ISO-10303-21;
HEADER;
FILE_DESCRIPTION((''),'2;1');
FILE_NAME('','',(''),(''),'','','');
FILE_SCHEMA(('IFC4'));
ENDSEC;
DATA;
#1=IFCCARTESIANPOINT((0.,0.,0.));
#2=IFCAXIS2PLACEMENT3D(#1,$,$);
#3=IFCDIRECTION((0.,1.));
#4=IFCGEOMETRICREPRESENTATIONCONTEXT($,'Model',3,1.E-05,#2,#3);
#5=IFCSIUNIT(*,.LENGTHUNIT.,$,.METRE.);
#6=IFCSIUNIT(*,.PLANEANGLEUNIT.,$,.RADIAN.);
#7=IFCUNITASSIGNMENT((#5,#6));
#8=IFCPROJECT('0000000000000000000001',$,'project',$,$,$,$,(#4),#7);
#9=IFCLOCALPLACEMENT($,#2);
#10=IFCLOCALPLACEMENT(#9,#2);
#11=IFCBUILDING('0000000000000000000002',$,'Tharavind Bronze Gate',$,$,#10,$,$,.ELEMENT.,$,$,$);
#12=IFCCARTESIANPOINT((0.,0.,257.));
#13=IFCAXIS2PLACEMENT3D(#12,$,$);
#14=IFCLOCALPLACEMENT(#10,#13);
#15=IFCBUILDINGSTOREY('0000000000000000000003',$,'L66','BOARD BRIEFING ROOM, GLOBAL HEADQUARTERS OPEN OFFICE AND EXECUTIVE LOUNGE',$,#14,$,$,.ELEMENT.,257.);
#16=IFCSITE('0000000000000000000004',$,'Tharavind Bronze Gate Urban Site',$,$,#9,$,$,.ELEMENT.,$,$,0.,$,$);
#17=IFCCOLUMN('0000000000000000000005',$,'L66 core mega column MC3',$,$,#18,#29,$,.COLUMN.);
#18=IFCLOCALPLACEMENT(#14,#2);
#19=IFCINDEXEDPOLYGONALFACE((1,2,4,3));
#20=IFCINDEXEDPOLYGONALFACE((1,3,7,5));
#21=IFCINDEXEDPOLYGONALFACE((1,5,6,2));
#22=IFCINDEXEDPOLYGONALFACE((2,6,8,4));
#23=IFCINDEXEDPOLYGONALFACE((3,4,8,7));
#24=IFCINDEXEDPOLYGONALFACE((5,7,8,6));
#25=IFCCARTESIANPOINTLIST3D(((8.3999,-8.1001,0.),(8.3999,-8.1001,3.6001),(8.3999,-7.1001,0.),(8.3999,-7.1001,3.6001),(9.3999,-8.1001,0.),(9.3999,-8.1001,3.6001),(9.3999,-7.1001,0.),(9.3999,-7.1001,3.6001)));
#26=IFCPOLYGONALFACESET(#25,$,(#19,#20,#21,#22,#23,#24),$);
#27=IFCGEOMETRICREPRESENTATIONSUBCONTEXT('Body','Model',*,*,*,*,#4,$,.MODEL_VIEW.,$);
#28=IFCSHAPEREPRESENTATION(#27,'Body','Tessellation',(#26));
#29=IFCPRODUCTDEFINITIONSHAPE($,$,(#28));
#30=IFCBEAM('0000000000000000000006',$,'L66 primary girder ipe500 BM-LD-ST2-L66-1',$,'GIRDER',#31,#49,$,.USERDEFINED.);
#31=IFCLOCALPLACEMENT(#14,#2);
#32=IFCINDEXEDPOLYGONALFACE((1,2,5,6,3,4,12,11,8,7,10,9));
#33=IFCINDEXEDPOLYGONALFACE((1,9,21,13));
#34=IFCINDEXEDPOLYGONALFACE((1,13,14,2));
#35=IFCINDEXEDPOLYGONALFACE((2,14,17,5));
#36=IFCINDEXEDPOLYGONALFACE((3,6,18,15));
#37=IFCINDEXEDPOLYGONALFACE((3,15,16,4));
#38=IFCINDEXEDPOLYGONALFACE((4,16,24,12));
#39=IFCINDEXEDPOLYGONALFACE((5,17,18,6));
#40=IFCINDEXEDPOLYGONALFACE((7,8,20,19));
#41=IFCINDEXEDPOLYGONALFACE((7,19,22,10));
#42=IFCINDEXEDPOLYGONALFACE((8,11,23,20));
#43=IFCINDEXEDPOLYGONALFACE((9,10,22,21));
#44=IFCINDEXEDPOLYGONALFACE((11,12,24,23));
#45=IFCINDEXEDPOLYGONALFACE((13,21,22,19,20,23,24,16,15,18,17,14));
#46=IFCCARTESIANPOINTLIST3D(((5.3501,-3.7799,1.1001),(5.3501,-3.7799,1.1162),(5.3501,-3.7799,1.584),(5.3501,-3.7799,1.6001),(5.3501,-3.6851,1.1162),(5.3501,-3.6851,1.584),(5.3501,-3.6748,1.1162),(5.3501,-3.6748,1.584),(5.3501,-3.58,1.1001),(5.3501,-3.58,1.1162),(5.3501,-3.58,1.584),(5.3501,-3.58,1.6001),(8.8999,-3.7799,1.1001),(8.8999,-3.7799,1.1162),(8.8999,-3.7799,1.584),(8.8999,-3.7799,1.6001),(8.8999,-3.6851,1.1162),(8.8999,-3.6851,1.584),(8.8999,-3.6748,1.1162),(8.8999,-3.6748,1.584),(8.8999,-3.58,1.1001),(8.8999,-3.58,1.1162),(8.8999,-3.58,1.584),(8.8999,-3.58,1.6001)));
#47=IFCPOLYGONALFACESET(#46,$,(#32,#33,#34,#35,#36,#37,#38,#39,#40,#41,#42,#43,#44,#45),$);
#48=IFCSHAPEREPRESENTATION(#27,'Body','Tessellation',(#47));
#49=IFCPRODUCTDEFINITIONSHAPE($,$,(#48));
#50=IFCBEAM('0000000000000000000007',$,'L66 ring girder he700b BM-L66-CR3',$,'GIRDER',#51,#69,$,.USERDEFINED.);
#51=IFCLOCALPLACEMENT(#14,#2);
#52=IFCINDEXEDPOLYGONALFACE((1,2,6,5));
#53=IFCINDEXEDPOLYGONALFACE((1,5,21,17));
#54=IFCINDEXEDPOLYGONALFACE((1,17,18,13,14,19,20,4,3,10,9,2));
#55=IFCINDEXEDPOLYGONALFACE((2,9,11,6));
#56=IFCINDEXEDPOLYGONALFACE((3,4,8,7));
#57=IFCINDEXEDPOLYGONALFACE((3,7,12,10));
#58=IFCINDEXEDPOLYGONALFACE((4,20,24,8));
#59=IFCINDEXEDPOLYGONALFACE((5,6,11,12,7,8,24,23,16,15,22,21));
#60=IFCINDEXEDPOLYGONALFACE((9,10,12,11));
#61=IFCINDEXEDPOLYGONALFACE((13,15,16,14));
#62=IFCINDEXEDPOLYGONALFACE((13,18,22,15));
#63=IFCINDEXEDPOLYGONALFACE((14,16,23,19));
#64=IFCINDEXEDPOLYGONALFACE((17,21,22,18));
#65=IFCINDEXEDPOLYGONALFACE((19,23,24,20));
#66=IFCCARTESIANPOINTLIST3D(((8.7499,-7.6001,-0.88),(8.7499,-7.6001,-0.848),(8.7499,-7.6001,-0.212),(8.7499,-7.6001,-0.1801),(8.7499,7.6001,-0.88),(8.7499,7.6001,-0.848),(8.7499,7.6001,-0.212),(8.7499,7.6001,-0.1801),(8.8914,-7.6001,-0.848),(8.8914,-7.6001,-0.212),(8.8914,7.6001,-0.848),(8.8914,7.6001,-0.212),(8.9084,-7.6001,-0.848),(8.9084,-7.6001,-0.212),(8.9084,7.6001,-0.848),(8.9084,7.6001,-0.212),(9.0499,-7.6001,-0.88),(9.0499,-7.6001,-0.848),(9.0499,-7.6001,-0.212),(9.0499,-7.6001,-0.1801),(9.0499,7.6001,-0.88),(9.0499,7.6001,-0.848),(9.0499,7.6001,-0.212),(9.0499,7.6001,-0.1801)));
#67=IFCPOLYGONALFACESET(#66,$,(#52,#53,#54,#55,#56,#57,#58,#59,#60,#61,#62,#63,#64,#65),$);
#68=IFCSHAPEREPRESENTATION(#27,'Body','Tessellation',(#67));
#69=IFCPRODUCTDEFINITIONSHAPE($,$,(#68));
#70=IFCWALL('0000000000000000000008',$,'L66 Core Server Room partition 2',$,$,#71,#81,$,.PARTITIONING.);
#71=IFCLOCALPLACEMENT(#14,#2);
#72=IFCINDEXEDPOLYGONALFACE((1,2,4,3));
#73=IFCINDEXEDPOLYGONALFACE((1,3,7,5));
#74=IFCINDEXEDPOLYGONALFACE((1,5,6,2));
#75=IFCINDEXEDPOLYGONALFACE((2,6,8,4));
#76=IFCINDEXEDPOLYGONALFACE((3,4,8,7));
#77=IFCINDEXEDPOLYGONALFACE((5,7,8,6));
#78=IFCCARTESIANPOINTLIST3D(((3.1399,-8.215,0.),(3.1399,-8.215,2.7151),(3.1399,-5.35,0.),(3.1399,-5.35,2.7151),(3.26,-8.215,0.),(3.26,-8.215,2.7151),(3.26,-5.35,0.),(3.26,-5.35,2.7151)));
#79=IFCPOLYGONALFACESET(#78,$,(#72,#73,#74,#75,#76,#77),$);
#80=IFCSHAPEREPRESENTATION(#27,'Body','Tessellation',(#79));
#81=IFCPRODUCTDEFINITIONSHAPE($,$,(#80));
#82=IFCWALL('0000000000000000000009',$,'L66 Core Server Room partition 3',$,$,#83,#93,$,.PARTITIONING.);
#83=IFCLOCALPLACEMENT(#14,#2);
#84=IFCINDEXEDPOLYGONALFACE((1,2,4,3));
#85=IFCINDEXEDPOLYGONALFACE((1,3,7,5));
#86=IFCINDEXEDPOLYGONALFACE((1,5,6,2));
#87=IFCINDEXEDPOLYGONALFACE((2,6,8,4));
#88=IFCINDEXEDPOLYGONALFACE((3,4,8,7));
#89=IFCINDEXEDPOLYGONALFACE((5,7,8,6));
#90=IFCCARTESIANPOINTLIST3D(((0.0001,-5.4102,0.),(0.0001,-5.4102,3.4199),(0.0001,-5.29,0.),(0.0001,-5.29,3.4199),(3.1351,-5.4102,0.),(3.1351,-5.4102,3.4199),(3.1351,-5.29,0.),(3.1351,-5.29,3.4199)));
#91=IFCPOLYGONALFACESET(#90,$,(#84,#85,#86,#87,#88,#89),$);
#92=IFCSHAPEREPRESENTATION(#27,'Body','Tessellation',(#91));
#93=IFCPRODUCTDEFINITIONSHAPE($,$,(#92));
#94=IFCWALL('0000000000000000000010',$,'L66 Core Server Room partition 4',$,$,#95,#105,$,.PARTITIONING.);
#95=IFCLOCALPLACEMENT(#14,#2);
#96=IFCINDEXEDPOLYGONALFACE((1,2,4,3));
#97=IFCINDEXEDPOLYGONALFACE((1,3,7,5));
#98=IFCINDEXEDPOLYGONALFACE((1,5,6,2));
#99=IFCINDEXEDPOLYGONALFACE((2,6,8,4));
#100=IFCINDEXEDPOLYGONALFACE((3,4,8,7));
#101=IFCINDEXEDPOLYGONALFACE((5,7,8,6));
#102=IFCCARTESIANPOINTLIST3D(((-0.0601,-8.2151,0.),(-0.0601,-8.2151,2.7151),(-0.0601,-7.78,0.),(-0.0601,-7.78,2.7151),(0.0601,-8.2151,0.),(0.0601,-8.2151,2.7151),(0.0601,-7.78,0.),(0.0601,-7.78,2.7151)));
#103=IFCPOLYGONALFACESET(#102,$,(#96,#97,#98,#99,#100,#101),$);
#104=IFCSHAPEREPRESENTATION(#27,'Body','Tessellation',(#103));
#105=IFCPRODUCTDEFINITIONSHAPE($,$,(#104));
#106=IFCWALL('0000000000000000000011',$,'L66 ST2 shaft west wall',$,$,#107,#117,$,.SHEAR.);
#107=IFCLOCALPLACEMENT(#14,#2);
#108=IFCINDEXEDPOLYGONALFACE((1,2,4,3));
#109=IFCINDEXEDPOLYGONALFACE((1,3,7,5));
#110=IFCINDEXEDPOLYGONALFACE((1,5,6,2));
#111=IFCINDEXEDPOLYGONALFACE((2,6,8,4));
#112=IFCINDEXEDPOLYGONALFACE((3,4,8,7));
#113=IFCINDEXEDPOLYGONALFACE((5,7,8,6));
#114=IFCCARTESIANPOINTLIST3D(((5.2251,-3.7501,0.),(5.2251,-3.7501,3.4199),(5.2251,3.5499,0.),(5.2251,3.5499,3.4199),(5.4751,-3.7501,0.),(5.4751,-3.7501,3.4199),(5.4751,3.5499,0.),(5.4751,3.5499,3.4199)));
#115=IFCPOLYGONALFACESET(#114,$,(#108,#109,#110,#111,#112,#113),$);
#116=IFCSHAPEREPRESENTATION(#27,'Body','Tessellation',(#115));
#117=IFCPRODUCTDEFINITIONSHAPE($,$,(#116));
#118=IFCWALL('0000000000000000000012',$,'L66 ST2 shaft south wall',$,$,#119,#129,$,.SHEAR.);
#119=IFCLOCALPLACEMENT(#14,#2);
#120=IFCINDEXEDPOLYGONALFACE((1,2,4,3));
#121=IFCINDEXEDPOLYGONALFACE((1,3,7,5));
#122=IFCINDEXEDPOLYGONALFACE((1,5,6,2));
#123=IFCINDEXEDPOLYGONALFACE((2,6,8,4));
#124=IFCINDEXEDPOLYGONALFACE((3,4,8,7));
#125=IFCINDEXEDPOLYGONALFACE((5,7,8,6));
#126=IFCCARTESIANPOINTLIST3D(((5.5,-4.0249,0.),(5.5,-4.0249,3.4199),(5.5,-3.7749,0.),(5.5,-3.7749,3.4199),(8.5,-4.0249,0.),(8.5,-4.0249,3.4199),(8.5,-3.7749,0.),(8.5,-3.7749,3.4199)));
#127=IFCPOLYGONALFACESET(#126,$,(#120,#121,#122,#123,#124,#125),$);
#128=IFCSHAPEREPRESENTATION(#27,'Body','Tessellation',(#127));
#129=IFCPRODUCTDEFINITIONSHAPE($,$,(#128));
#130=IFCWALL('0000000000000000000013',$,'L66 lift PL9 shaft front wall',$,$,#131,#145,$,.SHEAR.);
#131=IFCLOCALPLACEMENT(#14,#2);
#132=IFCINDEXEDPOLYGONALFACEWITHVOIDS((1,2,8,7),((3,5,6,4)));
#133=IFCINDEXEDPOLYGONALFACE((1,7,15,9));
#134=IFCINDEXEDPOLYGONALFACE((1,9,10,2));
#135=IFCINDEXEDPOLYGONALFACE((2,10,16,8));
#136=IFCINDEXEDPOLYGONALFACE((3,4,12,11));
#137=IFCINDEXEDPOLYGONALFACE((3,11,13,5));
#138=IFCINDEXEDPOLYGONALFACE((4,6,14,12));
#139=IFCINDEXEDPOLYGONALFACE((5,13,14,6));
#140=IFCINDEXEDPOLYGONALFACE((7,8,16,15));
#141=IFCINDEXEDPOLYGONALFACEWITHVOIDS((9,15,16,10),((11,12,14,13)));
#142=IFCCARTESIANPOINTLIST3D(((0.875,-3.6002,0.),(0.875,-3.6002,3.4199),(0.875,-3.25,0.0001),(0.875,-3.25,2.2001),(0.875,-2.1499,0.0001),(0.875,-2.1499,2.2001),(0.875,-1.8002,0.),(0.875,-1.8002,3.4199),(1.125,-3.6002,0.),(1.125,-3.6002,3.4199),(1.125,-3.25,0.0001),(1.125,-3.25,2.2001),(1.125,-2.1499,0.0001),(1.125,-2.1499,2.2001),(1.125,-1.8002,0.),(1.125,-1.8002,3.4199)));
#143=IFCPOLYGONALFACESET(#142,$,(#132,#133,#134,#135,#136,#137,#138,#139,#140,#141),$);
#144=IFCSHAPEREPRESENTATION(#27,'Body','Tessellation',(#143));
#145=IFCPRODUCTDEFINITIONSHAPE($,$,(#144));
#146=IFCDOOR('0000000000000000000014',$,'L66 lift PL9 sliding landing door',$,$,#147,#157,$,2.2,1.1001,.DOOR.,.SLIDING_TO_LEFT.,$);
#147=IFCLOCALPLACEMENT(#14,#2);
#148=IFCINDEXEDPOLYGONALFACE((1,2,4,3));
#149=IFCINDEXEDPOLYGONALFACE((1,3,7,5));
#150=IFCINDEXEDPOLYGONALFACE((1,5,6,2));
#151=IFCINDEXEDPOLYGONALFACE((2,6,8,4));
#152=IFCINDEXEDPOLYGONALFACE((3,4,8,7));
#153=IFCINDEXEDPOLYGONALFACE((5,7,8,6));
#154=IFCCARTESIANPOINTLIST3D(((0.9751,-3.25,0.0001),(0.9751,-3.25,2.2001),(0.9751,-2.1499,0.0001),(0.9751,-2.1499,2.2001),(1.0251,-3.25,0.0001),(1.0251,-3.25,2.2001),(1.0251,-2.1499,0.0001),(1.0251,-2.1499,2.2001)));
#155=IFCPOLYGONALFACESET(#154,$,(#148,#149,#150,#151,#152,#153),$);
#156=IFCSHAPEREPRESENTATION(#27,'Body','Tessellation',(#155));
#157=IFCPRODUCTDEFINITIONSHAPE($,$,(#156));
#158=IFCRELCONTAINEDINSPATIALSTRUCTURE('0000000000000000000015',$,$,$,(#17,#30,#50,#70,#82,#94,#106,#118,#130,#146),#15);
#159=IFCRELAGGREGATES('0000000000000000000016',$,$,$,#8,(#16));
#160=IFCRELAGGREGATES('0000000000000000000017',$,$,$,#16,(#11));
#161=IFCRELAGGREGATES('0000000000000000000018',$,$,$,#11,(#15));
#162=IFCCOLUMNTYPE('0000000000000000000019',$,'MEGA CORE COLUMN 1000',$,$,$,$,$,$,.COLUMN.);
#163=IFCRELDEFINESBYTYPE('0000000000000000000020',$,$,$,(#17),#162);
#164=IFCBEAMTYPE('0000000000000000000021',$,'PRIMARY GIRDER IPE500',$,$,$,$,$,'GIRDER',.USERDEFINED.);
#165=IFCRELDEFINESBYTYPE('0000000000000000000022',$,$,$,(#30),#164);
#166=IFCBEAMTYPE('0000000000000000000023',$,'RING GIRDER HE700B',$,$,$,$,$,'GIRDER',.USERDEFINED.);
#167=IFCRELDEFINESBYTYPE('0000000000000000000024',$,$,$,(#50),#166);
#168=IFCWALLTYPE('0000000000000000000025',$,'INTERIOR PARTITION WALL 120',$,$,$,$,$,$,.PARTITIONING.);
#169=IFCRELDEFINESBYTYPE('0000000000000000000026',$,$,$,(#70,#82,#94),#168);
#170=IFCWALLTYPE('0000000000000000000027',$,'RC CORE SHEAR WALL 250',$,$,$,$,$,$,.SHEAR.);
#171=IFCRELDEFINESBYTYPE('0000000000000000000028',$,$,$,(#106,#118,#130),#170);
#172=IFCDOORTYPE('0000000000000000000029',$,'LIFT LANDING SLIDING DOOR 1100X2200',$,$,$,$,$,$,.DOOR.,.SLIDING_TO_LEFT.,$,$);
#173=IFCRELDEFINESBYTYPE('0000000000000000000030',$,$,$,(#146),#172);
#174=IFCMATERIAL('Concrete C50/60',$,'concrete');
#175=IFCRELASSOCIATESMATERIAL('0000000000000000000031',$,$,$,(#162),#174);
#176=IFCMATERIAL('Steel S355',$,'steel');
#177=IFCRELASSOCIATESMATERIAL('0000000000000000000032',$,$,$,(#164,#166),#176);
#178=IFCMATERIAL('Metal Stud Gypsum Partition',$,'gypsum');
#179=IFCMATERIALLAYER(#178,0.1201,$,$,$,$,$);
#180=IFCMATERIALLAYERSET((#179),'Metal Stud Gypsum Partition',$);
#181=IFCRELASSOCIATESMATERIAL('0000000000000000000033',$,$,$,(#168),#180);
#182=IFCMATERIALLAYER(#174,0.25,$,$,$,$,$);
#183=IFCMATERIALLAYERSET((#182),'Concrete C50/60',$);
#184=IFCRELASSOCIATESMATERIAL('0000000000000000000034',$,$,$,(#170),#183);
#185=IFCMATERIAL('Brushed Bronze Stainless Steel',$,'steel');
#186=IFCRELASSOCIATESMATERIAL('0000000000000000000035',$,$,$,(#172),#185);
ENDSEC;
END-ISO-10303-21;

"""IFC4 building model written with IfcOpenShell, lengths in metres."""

from ifc_helpers import new_model, si_unit, direction, frame, frame_2d, origin, origin_2d, place, context, subcontext, project, spatial, rectangle, i_section, extrude, material, layer, layer_set, material_profile, profile_set, type_object, element, fill, save


model = new_model("IFC4")

# Units and contexts
model_context = context("Model", 3, precision=1e-05, world=origin(), true_north=direction((0.0, 1.0)))
body_context = subcontext(model_context, "Body", "Model", "MODEL_VIEW")
ifc_project = project(units=[si_unit("LENGTHUNIT", "METRE"), si_unit("PLANEANGLEUNIT", "RADIAN")], contexts=[model_context])

# Site, building, storey
site_placement = place(None, origin())
site = spatial("IfcSite", under=ifc_project, at=site_placement, Name="Tharavind Bronze Gate Urban Site", CompositionType="ELEMENT", RefElevation=0.0)
building_placement = place(site_placement, origin())
building = spatial("IfcBuilding", under=site, at=building_placement, Name="Tharavind Bronze Gate", CompositionType="ELEMENT")
storey_placement = place(building_placement, frame((0.0, 0.0, 257.0)))
storey = spatial("IfcBuildingStorey", under=building, at=storey_placement, Name="L66", Description="BOARD BRIEFING ROOM, GLOBAL HEADQUARTERS OPEN OFFICE AND EXECUTIVE LOUNGE", CompositionType="ELEMENT", Elevation=257.0)

# Column
ifc_material_1 = material(Name="Concrete C50/60", Category="concrete")
ifc_material_profile_1 = material_profile(ifc_material_1, rectangle(XDim=1.0, YDim=1.0, at=origin_2d()), Name="RCCOL1000")
ifc_profile_set_1 = profile_set([ifc_material_profile_1], Name="Concrete C50/60")
column_type = type_object("IfcColumnType", Name="MEGA CORE COLUMN 1000", PredefinedType="COLUMN", material=ifc_profile_set_1)
column_placement = place(storey_placement, frame((8.8999, -7.6001, 0.0), z_axis=(0.0, 0.0, 1.0), x_axis=(1.0, 0.0, 0.0)))
element("IfcColumn", 1, at=column_placement, inside=storey, type_object=column_type, Name="L66 core mega column MC3", PredefinedType="COLUMN", context=body_context, shape_type="SweptSolid", body=[
    extrude(rectangle(XDim=1.0, YDim=1.0, at=origin_2d()), origin(), (0.0, 0.0, 1.0), 3.6001),
])

# Beams
ifc_material_2 = material(Name="Steel S355", Category="steel")
ifc_material_profile_2 = material_profile(ifc_material_2, i_section(OverallWidth=0.2, OverallDepth=0.5, WebThickness=0.0103, FlangeThickness=0.0161, at=origin_2d()), Name="IPE500")
ifc_profile_set_2 = profile_set([ifc_material_profile_2], Name="Steel S355")
beam_type_1 = type_object("IfcBeamType", Name="PRIMARY GIRDER IPE500", ElementType="GIRDER", PredefinedType="USERDEFINED", material=ifc_profile_set_2)
beam_1_placement = place(storey_placement, frame((5.3501, -3.6799, 1.3501), z_axis=(1.0, 0.0, 0.0), x_axis=(0.0, 1.0, 0.0)))
element("IfcBeam", 2, at=beam_1_placement, inside=storey, type_object=beam_type_1, Name="L66 primary girder ipe500 BM-LD-ST2-L66-1", ObjectType="GIRDER", PredefinedType="USERDEFINED", context=body_context, shape_type="SweptSolid", body=[
    extrude(i_section(OverallWidth=0.2, OverallDepth=0.5, WebThickness=0.0103, FlangeThickness=0.0161, at=origin_2d()), origin(), (0.0, 0.0, 1.0), 3.5498),
])
ifc_material_profile_3 = material_profile(ifc_material_2, i_section(OverallWidth=0.3, OverallDepth=0.7, WebThickness=0.0171, FlangeThickness=0.032, at=origin_2d()), Name="HE700B")
ifc_profile_set_3 = profile_set([ifc_material_profile_3], Name="Steel S355")
beam_type_2 = type_object("IfcBeamType", Name="RING GIRDER HE700B", ElementType="GIRDER", PredefinedType="USERDEFINED", material=ifc_profile_set_3)
beam_2_placement = place(storey_placement, frame((8.8999, -7.6001, -0.53), z_axis=(0.0, 1.0, 0.0), x_axis=(-1.0, 0.0, 0.0)))
element("IfcBeam", 3, at=beam_2_placement, inside=storey, type_object=beam_type_2, Name="L66 ring girder he700b BM-L66-CR3", ObjectType="GIRDER", PredefinedType="USERDEFINED", context=body_context, shape_type="SweptSolid", body=[
    extrude(i_section(OverallWidth=0.3, OverallDepth=0.7, WebThickness=0.0171, FlangeThickness=0.032, at=origin_2d()), origin(), (0.0, 0.0, 1.0), 15.2002),
])

# Walls
ifc_material_3 = material(Name="Metal Stud Gypsum Partition", Category="gypsum")
ifc_layer_1 = layer(ifc_material_3, 0.1201)
ifc_layer_set_1 = layer_set([ifc_layer_1], Name="Metal Stud Gypsum Partition")
wall_type_1 = type_object("IfcWallType", Name="INTERIOR PARTITION WALL 120", PredefinedType="PARTITIONING", material=ifc_layer_set_1)
wall_1_placement = place(storey_placement, frame((3.2, -8.2151, 0.0), z_axis=(0.0, 0.0, 1.0), x_axis=(0.0, 1.0, 0.0)))
element("IfcWall", 4, at=wall_1_placement, inside=storey, type_object=wall_type_1, Name="L66 Core Server Room partition 2", PredefinedType="PARTITIONING", context=body_context, shape_type="SweptSolid", body=[
    extrude(rectangle(XDim=2.865, YDim=0.1201, at=frame_2d((1.4326, 0.0))), origin(), (0.0, 0.0, 1.0), 2.7151),
])
wall_2_placement = place(storey_placement, frame((3.135, -5.3501, 0.0), z_axis=(0.0, 0.0, 1.0), x_axis=(-1.0, 0.0, 0.0)))
element("IfcWall", 5, at=wall_2_placement, inside=storey, type_object=wall_type_1, Name="L66 Core Server Room partition 3", PredefinedType="PARTITIONING", context=body_context, shape_type="SweptSolid", body=[
    extrude(rectangle(XDim=3.135, YDim=0.1201, at=frame_2d((1.5674, 0.0))), origin(), (0.0, 0.0, 1.0), 3.4199),
])
wall_3_placement = place(storey_placement, frame((0.0, -7.78, 0.0), z_axis=(0.0, 0.0, 1.0), x_axis=(0.0, -1.0, 0.0)))
element("IfcWall", 6, at=wall_3_placement, inside=storey, type_object=wall_type_1, Name="L66 Core Server Room partition 4", PredefinedType="PARTITIONING", context=body_context, shape_type="SweptSolid", body=[
    extrude(rectangle(XDim=0.4351, YDim=0.1201, at=frame_2d((0.2175, 0.0))), origin(), (0.0, 0.0, 1.0), 2.7151),
])
ifc_layer_2 = layer(ifc_material_1, 0.25)
ifc_layer_set_2 = layer_set([ifc_layer_2], Name="Concrete C50/60")
wall_type_2 = type_object("IfcWallType", Name="RC CORE SHEAR WALL 250", PredefinedType="SHEAR", material=ifc_layer_set_2)
wall_4_placement = place(storey_placement, frame((5.3501, -3.75, 0.0), z_axis=(0.0, 0.0, 1.0), x_axis=(0.0, 1.0, 0.0)))
element("IfcWall", 7, at=wall_4_placement, inside=storey, type_object=wall_type_2, Name="L66 ST2 shaft west wall", PredefinedType="SHEAR", context=body_context, shape_type="SweptSolid", body=[
    extrude(rectangle(XDim=7.3, YDim=0.25, at=frame_2d((3.6499, 0.0))), origin(), (0.0, 0.0, 1.0), 3.4199),
])
wall_5_placement = place(storey_placement, frame((5.5, -3.8999, 0.0), z_axis=(0.0, 0.0, 1.0), x_axis=(1.0, 0.0, 0.0)))
element("IfcWall", 8, at=wall_5_placement, inside=storey, type_object=wall_type_2, Name="L66 ST2 shaft south wall", PredefinedType="SHEAR", context=body_context, shape_type="SweptSolid", body=[
    extrude(rectangle(XDim=3.0, YDim=0.25, at=frame_2d((1.5, 0.0))), origin(), (0.0, 0.0, 1.0), 3.4199),
])

# Wall, opening, door
wall_6_placement = place(storey_placement, frame((1.0, -3.6001, 0.0), z_axis=(0.0, 0.0, 1.0), x_axis=(0.0, 1.0, 0.0)))
wall_6 = element("IfcWall", 9, at=wall_6_placement, inside=storey, type_object=wall_type_2, Name="L66 lift PL9 shaft front wall", PredefinedType="SHEAR", context=body_context, shape_type="SweptSolid", body=[
    extrude(rectangle(XDim=1.8, YDim=0.25, at=frame_2d((0.8999, 0.0))), origin(), (0.0, 0.0, 1.0), 3.4199),
])
opening_1_placement = place(wall_6_placement, frame((0.3501, 0.0, 0.0)))
opening_1 = element("IfcOpeningElement", 10, at=opening_1_placement, cuts=wall_6, PredefinedType="OPENING", context=body_context, shape_type="SweptSolid", body=[
    extrude(rectangle(XDim=1.1001, YDim=2.2, at=frame_2d((0.55, 1.1001))), frame((0.0, 0.135, 0.0), z_axis=(0.0, -1.0, 0.0), x_axis=(1.0, 0.0, 0.0)), (0.0, 0.0, 1.0), 0.27),
])
ifc_material_4 = material(Name="Brushed Bronze Stainless Steel", Category="steel")
door_type = type_object("IfcDoorType", Name="LIFT LANDING SLIDING DOOR 1100X2200", OperationType="SLIDING_TO_LEFT", PredefinedType="DOOR", material=ifc_material_4)
door_1_placement = place(opening_1_placement, origin())
door_1 = element("IfcDoor", 11, at=door_1_placement, inside=storey, type_object=door_type, Name="L66 lift PL9 sliding landing door", OperationType="SLIDING_TO_LEFT", OverallHeight=2.2, OverallWidth=1.1001, PredefinedType="DOOR", context=body_context, shape_type="SweptSolid", body=[
    extrude(rectangle(XDim=1.1001, YDim=2.2, at=frame_2d((0.55, 1.1001))), frame((0.0, 0.0249, 0.0), z_axis=(0.0, -1.0, 0.0), x_axis=(1.0, 0.0, 0.0)), (0.0, 0.0, 1.0), 0.05),
])
fill(opening_1, door_1)

save(model, "model.ifc")
